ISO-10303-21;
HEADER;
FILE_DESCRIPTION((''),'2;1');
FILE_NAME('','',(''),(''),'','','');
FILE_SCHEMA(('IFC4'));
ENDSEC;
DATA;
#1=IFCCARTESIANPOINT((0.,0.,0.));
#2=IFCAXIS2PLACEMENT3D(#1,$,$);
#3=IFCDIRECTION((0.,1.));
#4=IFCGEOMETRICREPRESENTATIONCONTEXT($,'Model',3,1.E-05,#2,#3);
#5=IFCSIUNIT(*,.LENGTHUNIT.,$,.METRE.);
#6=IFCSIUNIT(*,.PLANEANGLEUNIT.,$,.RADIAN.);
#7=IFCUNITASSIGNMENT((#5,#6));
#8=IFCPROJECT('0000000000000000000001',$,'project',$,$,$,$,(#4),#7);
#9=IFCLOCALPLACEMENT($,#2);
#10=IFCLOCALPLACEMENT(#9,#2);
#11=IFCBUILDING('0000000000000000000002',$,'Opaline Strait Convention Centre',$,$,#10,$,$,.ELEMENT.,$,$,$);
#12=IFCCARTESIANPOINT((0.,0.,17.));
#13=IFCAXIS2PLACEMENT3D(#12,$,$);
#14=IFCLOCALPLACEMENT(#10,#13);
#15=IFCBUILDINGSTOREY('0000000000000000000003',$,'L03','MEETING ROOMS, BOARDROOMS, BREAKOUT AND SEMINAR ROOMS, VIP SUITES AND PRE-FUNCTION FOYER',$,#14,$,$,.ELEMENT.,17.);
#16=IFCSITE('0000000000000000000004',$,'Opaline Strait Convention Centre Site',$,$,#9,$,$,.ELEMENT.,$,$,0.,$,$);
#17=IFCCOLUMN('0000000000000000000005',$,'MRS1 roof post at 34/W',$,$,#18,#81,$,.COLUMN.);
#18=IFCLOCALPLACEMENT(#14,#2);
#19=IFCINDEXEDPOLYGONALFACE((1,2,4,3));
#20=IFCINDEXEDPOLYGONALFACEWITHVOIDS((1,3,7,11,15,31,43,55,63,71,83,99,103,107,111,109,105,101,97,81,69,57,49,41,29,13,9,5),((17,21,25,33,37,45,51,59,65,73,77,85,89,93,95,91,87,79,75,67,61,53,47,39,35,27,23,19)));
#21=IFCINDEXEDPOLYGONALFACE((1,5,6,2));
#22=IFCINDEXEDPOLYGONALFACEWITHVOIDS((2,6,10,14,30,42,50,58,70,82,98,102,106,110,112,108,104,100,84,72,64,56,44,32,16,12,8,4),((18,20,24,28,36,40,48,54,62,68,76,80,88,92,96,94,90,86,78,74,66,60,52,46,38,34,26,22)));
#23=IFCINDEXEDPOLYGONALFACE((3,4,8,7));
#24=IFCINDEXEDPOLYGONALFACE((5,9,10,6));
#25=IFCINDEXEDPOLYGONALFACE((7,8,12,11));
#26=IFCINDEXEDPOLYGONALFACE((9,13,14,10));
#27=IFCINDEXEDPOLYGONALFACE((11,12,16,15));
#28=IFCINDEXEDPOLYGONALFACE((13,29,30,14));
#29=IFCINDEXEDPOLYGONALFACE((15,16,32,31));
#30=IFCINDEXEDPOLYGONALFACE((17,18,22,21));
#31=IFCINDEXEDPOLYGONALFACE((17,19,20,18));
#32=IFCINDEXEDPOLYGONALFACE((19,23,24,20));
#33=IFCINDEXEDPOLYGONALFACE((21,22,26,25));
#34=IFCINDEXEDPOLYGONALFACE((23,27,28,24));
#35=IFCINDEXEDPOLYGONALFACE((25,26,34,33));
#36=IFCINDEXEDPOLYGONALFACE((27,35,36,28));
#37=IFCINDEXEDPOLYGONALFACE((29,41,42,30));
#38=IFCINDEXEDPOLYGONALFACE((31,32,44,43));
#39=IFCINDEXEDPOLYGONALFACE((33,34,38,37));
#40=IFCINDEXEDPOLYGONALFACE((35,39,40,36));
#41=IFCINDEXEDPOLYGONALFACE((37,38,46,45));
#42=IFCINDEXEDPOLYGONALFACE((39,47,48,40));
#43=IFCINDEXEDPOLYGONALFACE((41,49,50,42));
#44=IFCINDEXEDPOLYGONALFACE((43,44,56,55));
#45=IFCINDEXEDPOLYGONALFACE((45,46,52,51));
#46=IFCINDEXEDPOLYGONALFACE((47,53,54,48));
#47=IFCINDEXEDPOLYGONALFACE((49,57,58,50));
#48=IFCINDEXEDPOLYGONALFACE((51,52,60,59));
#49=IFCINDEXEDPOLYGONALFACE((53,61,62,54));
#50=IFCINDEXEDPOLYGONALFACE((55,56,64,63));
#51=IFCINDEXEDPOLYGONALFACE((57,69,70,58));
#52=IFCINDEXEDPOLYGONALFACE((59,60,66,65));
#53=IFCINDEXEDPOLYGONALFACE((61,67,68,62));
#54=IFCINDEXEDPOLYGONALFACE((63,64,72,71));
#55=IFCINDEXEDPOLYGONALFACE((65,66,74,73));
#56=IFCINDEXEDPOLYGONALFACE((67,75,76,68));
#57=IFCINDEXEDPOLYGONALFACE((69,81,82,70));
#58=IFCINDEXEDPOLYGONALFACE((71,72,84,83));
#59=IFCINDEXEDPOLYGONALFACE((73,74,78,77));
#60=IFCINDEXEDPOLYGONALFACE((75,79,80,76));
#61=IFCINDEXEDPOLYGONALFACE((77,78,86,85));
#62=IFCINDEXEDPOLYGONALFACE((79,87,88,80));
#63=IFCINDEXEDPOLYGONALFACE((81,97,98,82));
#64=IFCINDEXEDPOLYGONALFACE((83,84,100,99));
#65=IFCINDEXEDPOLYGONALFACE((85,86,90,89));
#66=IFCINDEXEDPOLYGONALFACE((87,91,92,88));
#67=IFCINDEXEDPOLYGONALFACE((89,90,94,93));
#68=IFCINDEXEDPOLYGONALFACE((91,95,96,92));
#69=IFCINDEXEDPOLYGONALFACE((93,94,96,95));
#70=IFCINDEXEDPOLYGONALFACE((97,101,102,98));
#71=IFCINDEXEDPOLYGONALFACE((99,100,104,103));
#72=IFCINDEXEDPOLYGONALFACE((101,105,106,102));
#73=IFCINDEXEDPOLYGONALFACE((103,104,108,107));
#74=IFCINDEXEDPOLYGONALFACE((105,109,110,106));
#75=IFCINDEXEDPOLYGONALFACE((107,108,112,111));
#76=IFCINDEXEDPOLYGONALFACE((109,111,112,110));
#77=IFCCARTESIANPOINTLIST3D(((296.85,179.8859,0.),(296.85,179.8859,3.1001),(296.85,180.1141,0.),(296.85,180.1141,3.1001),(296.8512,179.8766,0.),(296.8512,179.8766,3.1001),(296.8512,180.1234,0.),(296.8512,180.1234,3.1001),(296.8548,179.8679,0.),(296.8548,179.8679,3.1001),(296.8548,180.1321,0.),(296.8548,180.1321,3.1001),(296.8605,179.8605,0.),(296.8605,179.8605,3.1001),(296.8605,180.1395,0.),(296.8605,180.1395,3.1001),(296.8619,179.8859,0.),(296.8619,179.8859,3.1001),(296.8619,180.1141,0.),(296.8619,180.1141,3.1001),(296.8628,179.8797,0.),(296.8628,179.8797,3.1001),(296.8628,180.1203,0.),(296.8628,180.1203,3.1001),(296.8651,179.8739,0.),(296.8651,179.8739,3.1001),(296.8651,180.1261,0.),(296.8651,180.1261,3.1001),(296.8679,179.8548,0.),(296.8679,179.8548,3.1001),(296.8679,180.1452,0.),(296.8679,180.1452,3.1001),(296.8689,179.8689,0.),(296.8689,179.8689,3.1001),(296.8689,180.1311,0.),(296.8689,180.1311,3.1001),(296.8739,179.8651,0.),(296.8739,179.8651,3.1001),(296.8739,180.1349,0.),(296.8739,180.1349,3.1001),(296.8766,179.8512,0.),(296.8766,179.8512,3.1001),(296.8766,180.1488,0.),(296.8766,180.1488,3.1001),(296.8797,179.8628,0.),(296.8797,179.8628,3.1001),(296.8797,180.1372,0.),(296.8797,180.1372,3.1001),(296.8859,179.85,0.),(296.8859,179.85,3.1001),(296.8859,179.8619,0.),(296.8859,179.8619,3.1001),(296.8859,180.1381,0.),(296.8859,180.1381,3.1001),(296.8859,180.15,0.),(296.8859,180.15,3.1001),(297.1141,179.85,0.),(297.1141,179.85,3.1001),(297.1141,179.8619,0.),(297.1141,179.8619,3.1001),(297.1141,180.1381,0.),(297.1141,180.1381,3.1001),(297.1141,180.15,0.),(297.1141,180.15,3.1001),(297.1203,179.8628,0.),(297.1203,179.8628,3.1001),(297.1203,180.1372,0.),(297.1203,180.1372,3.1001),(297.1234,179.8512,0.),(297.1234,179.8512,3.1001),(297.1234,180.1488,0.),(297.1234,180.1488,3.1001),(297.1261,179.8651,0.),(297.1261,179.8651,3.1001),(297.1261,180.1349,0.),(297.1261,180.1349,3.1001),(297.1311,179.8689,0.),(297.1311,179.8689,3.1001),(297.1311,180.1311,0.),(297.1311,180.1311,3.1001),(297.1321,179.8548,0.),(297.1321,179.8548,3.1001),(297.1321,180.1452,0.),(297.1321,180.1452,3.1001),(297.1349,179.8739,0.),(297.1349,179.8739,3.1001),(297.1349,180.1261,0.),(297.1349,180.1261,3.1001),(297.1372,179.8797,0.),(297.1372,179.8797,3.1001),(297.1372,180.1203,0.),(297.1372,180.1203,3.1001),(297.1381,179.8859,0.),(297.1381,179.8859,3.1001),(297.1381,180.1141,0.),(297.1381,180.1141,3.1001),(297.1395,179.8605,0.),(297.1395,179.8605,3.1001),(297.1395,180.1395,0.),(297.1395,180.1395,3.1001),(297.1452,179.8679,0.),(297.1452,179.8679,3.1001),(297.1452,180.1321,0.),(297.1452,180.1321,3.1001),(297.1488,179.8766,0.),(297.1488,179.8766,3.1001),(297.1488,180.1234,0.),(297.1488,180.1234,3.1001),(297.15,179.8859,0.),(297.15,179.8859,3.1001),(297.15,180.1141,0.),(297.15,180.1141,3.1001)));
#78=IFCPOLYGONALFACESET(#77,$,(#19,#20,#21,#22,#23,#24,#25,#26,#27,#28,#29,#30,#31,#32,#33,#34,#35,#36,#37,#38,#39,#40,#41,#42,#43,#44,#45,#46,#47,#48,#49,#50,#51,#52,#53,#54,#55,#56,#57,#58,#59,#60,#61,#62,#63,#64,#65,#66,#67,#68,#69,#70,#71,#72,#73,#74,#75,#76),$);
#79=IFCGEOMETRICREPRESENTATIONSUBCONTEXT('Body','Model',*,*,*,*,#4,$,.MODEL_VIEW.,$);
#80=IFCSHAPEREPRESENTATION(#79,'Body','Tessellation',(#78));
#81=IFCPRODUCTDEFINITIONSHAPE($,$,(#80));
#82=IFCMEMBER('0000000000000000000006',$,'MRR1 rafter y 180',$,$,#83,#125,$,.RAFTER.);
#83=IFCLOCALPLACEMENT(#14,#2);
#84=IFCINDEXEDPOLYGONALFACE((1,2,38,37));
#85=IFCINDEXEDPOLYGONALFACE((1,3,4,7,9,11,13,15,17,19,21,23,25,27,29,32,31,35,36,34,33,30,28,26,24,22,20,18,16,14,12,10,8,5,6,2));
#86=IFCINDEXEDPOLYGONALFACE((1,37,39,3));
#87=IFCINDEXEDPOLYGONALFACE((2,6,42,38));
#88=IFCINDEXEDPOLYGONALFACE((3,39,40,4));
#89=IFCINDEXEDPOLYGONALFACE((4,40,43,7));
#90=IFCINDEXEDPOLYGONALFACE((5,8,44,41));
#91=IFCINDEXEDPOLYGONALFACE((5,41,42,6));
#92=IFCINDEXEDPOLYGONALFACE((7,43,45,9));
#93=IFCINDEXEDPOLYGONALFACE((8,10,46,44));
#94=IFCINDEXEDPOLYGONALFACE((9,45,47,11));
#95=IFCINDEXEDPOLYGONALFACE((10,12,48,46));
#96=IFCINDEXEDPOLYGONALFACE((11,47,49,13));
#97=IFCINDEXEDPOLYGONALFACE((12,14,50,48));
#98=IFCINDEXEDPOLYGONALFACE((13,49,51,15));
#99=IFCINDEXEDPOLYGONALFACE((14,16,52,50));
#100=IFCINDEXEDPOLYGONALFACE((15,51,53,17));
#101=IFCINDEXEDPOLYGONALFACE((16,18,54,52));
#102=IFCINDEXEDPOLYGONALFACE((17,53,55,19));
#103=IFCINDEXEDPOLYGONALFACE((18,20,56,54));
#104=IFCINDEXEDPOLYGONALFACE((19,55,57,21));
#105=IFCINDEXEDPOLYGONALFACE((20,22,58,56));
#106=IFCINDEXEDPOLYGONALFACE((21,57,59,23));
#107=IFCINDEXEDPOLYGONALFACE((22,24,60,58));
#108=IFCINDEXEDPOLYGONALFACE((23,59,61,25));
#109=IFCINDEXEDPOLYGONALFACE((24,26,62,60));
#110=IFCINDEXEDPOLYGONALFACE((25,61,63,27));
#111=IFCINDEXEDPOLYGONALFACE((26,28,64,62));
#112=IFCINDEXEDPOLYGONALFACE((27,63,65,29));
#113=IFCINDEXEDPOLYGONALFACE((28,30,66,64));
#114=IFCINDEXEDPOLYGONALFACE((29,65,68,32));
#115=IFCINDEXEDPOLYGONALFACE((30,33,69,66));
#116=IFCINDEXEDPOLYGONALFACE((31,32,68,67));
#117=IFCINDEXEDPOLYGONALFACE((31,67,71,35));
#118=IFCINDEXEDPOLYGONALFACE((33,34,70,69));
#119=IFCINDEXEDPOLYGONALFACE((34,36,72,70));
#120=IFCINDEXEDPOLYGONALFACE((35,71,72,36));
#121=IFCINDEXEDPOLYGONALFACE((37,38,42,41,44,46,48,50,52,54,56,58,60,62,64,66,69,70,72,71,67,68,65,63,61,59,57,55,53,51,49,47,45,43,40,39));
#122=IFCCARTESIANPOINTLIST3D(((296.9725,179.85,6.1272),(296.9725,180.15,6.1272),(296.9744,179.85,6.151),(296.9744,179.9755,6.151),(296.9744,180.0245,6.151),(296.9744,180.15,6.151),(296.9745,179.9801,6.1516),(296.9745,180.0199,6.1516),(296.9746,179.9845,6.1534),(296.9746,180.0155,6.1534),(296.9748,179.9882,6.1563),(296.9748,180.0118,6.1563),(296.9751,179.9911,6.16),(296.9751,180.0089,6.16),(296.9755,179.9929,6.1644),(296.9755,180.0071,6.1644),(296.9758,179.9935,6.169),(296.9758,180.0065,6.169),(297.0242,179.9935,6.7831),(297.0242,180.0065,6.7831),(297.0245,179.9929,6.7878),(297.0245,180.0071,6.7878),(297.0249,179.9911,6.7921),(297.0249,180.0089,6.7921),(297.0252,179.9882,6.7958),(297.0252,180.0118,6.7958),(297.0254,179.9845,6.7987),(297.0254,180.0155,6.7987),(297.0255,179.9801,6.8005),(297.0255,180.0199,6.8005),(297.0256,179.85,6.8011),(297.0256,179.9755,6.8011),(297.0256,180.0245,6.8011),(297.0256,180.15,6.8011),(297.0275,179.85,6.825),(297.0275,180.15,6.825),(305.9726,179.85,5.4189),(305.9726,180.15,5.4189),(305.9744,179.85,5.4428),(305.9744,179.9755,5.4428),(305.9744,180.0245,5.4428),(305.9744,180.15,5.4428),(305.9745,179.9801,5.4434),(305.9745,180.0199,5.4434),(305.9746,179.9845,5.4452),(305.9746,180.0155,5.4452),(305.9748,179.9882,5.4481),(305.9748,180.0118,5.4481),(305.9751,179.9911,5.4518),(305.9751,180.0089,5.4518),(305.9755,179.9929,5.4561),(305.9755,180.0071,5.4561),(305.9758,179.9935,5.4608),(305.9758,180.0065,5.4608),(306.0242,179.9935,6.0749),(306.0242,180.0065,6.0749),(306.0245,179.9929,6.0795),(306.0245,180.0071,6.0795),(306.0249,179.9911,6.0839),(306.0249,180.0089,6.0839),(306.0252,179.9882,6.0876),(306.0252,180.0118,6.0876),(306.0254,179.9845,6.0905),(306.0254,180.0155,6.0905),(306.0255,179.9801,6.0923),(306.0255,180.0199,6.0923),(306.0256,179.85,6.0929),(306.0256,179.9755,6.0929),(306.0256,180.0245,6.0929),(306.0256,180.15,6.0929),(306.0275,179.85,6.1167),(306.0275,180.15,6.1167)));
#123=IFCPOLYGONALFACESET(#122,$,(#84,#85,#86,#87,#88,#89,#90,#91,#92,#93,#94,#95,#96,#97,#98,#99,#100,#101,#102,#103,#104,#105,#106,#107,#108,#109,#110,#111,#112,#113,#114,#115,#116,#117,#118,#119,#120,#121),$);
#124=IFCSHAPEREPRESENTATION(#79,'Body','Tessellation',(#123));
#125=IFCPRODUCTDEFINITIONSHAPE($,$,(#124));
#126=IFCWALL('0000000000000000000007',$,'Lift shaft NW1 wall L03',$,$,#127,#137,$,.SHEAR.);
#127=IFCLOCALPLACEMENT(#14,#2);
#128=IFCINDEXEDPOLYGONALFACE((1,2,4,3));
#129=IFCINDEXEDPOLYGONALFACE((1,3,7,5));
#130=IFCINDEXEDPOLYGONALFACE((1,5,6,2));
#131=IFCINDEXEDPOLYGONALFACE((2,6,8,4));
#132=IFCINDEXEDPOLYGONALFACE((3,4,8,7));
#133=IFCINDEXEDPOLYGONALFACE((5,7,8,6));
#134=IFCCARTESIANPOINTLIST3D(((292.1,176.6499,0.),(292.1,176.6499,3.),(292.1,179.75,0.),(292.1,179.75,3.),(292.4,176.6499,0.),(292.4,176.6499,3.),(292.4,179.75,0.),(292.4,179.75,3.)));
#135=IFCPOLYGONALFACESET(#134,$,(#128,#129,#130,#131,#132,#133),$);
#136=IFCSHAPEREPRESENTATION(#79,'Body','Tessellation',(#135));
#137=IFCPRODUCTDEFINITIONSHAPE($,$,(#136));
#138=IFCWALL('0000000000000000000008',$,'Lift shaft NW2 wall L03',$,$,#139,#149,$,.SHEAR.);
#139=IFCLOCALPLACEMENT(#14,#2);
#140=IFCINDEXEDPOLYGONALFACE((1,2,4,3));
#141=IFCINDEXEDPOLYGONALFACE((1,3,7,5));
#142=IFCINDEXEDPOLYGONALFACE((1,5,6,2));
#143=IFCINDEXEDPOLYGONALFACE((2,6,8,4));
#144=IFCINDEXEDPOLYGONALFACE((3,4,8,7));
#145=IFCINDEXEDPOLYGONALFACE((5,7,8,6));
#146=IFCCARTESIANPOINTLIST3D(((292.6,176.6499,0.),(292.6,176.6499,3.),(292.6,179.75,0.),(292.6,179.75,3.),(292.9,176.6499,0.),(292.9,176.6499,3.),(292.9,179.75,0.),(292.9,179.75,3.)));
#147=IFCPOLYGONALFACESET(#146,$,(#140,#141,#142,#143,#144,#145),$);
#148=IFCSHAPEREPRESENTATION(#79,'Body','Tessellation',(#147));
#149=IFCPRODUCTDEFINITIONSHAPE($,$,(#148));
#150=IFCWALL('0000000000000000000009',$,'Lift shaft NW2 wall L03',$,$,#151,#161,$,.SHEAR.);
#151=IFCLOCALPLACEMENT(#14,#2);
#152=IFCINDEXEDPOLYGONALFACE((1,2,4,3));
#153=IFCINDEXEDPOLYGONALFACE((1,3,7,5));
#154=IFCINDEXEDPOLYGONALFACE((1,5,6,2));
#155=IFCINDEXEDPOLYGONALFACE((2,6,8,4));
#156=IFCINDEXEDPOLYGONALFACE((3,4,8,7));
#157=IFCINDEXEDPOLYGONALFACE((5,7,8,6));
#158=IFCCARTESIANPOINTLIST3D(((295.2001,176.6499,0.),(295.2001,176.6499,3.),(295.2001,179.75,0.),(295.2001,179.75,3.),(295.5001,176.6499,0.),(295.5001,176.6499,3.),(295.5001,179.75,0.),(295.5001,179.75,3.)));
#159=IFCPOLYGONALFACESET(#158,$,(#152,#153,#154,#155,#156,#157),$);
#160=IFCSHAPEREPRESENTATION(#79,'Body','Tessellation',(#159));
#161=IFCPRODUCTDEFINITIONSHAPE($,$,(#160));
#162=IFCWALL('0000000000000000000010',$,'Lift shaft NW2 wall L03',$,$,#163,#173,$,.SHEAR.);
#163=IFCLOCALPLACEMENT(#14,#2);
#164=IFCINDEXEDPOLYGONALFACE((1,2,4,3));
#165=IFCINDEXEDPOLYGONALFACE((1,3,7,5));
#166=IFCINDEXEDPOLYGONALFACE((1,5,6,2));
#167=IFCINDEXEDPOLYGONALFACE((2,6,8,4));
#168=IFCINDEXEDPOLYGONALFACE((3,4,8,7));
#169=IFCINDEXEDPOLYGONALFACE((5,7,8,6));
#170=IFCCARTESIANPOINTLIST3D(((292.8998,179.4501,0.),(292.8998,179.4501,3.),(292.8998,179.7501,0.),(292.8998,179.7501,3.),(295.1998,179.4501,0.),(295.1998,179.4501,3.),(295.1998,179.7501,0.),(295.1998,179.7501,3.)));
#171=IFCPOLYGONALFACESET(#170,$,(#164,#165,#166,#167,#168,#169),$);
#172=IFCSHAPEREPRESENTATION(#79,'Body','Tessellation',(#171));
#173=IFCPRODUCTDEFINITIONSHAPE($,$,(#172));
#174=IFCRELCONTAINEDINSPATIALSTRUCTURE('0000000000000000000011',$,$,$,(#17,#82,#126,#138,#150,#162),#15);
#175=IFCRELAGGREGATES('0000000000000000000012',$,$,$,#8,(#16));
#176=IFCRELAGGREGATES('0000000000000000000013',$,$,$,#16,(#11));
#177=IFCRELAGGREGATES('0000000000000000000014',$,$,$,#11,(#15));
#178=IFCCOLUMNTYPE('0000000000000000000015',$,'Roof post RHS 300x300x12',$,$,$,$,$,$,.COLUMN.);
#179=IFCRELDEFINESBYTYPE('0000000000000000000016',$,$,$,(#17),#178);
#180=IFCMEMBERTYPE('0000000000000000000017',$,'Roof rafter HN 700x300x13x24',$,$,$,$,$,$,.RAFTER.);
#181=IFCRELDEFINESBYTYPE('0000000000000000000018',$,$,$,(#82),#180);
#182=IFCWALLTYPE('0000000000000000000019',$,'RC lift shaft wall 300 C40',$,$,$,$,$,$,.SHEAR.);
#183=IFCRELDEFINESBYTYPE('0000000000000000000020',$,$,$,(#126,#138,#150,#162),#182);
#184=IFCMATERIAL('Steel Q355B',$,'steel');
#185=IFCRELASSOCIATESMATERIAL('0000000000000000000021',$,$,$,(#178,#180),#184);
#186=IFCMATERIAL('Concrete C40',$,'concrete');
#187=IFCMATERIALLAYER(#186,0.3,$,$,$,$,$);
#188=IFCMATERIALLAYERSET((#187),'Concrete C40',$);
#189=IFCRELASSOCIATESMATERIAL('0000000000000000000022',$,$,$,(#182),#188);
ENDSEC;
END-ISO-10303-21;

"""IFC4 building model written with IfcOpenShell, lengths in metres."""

from ifc_helpers import new_model, si_unit, direction, frame, frame_2d, origin, origin_2d, place, context, subcontext, project, spatial, rectangle, hollow_rectangle, i_section, extrude, material, layer, layer_set, material_profile, profile_set, type_object, element, save


model = new_model("IFC4")

# Units and contexts
model_context = context("Model", 3, precision=1e-05, world=origin(), true_north=direction((0.0, 1.0)))
body_context = subcontext(model_context, "Body", "Model", "MODEL_VIEW")
ifc_project = project(units=[si_unit("LENGTHUNIT", "METRE"), si_unit("PLANEANGLEUNIT", "RADIAN")], contexts=[model_context])

# Site, building, storey
site_placement = place(None, origin())
site = spatial("IfcSite", under=ifc_project, at=site_placement, Name="Opaline Strait Convention Centre Site", CompositionType="ELEMENT", RefElevation=0.0)
building_placement = place(site_placement, origin())
building = spatial("IfcBuilding", under=site, at=building_placement, Name="Opaline Strait Convention Centre", CompositionType="ELEMENT")
storey_placement = place(building_placement, frame((0.0, 0.0, 17.0)))
storey = spatial("IfcBuildingStorey", under=building, at=storey_placement, Name="L03", Description="MEETING ROOMS, BOARDROOMS, BREAKOUT AND SEMINAR ROOMS, VIP SUITES AND PRE-FUNCTION FOYER", CompositionType="ELEMENT", Elevation=17.0)

# Column
ifc_material_1 = material(Name="Steel Q355B", Category="steel")
ifc_material_profile_1 = material_profile(ifc_material_1, hollow_rectangle(XDim=0.3, YDim=0.3, WallThickness=0.012, InnerFilletRadius=0.0239, OuterFilletRadius=0.0359, at=origin_2d()), Name="RHS 300x300x12")
ifc_profile_set_1 = profile_set([ifc_material_profile_1], Name="Steel Q355B")
column_type = type_object("IfcColumnType", Name="Roof post RHS 300x300x12", PredefinedType="COLUMN", material=ifc_profile_set_1)
column_placement = place(storey_placement, frame((297.0, 180.0, 0.0), z_axis=(0.0, 0.0, 1.0), x_axis=(1.0, 0.0, 0.0)))
element("IfcColumn", 1, at=column_placement, inside=storey, type_object=column_type, Name="MRS1 roof post at 34/W", PredefinedType="COLUMN", context=body_context, shape_type="SweptSolid", body=[
    extrude(hollow_rectangle(XDim=0.3, YDim=0.3, WallThickness=0.012, InnerFilletRadius=0.0239, OuterFilletRadius=0.0359, at=origin_2d()), origin(), (0.0, 0.0, 1.0), 3.1001),
])

# Member
ifc_material_profile_2 = material_profile(ifc_material_1, i_section(OverallWidth=0.3, OverallDepth=0.7, WebThickness=0.0129, FlangeThickness=0.0239, FilletRadius=0.0181, at=origin_2d()), Name="HN 700x300x13x24")
ifc_profile_set_2 = profile_set([ifc_material_profile_2], Name="Steel Q355B")
member_type = type_object("IfcMemberType", Name="Roof rafter HN 700x300x13x24", PredefinedType="RAFTER", material=ifc_profile_set_2)
member_placement = place(storey_placement, frame((297.0, 180.0, 6.4761), z_axis=(0.996918, 0.0, -0.078452), x_axis=(0.0, 1.0, 0.0)))
element("IfcMember", 2, at=member_placement, inside=storey, type_object=member_type, Name="MRR1 rafter y 180", PredefinedType="RAFTER", context=body_context, shape_type="SweptSolid", body=[
    extrude(i_section(OverallWidth=0.3, OverallDepth=0.7, WebThickness=0.0129, FlangeThickness=0.0239, FilletRadius=0.0181, at=origin_2d()), origin(), (0.0, 0.0, 1.0), 9.0278),
])

# Shared definitions
ifc_material_2 = material(Name="Concrete C40", Category="concrete")

# Walls
ifc_layer_1 = layer(ifc_material_2, 0.3)
ifc_layer_set_1 = layer_set([ifc_layer_1], Name="Concrete C40")
wall_type_1 = type_object("IfcWallType", Name="RC lift shaft wall 300 C40", PredefinedType="SHEAR", material=ifc_layer_set_1)
for number, where, z_axis, x_axis, name in (
    (3, (292.25, 176.6499, 0.0), (0.0, 0.0, 1.0), (0.0, 1.0, 0.0), "Lift shaft NW1 wall L03"),
    (4, (292.75, 176.6499, 0.0), (0.0, 0.0, 1.0), (0.0, 1.0, 0.0), "Lift shaft NW2 wall L03"),
    (5, (295.3501, 176.6499, 0.0), (0.0, 0.0, 1.0), (0.0, 1.0, 0.0), "Lift shaft NW2 wall L03"),
):
    element("IfcWall", number, at=place(storey_placement, frame(where, z_axis=z_axis, x_axis=x_axis)), inside=storey, type_object=wall_type_1, Name=name, PredefinedType="SHEAR", context=body_context, shape_type="SweptSolid", body=[
        extrude(rectangle(XDim=3.1001, YDim=0.3, at=frame_2d((1.55, 0.0))), origin(), (0.0, 0.0, 1.0), 3.0),
    ])
wall_1_placement = place(storey_placement, frame((292.8999, 179.6001, 0.0), z_axis=(0.0, 0.0, 1.0), x_axis=(1.0, 0.0, 0.0)))
element("IfcWall", 6, at=wall_1_placement, inside=storey, type_object=wall_type_1, Name="Lift shaft NW2 wall L03", PredefinedType="SHEAR", context=body_context, shape_type="SweptSolid", body=[
    extrude(rectangle(XDim=2.3, YDim=0.3, at=frame_2d((1.1499, 0.0))), origin(), (0.0, 0.0, 1.0), 3.0),
])

save(model, "model.ifc")
